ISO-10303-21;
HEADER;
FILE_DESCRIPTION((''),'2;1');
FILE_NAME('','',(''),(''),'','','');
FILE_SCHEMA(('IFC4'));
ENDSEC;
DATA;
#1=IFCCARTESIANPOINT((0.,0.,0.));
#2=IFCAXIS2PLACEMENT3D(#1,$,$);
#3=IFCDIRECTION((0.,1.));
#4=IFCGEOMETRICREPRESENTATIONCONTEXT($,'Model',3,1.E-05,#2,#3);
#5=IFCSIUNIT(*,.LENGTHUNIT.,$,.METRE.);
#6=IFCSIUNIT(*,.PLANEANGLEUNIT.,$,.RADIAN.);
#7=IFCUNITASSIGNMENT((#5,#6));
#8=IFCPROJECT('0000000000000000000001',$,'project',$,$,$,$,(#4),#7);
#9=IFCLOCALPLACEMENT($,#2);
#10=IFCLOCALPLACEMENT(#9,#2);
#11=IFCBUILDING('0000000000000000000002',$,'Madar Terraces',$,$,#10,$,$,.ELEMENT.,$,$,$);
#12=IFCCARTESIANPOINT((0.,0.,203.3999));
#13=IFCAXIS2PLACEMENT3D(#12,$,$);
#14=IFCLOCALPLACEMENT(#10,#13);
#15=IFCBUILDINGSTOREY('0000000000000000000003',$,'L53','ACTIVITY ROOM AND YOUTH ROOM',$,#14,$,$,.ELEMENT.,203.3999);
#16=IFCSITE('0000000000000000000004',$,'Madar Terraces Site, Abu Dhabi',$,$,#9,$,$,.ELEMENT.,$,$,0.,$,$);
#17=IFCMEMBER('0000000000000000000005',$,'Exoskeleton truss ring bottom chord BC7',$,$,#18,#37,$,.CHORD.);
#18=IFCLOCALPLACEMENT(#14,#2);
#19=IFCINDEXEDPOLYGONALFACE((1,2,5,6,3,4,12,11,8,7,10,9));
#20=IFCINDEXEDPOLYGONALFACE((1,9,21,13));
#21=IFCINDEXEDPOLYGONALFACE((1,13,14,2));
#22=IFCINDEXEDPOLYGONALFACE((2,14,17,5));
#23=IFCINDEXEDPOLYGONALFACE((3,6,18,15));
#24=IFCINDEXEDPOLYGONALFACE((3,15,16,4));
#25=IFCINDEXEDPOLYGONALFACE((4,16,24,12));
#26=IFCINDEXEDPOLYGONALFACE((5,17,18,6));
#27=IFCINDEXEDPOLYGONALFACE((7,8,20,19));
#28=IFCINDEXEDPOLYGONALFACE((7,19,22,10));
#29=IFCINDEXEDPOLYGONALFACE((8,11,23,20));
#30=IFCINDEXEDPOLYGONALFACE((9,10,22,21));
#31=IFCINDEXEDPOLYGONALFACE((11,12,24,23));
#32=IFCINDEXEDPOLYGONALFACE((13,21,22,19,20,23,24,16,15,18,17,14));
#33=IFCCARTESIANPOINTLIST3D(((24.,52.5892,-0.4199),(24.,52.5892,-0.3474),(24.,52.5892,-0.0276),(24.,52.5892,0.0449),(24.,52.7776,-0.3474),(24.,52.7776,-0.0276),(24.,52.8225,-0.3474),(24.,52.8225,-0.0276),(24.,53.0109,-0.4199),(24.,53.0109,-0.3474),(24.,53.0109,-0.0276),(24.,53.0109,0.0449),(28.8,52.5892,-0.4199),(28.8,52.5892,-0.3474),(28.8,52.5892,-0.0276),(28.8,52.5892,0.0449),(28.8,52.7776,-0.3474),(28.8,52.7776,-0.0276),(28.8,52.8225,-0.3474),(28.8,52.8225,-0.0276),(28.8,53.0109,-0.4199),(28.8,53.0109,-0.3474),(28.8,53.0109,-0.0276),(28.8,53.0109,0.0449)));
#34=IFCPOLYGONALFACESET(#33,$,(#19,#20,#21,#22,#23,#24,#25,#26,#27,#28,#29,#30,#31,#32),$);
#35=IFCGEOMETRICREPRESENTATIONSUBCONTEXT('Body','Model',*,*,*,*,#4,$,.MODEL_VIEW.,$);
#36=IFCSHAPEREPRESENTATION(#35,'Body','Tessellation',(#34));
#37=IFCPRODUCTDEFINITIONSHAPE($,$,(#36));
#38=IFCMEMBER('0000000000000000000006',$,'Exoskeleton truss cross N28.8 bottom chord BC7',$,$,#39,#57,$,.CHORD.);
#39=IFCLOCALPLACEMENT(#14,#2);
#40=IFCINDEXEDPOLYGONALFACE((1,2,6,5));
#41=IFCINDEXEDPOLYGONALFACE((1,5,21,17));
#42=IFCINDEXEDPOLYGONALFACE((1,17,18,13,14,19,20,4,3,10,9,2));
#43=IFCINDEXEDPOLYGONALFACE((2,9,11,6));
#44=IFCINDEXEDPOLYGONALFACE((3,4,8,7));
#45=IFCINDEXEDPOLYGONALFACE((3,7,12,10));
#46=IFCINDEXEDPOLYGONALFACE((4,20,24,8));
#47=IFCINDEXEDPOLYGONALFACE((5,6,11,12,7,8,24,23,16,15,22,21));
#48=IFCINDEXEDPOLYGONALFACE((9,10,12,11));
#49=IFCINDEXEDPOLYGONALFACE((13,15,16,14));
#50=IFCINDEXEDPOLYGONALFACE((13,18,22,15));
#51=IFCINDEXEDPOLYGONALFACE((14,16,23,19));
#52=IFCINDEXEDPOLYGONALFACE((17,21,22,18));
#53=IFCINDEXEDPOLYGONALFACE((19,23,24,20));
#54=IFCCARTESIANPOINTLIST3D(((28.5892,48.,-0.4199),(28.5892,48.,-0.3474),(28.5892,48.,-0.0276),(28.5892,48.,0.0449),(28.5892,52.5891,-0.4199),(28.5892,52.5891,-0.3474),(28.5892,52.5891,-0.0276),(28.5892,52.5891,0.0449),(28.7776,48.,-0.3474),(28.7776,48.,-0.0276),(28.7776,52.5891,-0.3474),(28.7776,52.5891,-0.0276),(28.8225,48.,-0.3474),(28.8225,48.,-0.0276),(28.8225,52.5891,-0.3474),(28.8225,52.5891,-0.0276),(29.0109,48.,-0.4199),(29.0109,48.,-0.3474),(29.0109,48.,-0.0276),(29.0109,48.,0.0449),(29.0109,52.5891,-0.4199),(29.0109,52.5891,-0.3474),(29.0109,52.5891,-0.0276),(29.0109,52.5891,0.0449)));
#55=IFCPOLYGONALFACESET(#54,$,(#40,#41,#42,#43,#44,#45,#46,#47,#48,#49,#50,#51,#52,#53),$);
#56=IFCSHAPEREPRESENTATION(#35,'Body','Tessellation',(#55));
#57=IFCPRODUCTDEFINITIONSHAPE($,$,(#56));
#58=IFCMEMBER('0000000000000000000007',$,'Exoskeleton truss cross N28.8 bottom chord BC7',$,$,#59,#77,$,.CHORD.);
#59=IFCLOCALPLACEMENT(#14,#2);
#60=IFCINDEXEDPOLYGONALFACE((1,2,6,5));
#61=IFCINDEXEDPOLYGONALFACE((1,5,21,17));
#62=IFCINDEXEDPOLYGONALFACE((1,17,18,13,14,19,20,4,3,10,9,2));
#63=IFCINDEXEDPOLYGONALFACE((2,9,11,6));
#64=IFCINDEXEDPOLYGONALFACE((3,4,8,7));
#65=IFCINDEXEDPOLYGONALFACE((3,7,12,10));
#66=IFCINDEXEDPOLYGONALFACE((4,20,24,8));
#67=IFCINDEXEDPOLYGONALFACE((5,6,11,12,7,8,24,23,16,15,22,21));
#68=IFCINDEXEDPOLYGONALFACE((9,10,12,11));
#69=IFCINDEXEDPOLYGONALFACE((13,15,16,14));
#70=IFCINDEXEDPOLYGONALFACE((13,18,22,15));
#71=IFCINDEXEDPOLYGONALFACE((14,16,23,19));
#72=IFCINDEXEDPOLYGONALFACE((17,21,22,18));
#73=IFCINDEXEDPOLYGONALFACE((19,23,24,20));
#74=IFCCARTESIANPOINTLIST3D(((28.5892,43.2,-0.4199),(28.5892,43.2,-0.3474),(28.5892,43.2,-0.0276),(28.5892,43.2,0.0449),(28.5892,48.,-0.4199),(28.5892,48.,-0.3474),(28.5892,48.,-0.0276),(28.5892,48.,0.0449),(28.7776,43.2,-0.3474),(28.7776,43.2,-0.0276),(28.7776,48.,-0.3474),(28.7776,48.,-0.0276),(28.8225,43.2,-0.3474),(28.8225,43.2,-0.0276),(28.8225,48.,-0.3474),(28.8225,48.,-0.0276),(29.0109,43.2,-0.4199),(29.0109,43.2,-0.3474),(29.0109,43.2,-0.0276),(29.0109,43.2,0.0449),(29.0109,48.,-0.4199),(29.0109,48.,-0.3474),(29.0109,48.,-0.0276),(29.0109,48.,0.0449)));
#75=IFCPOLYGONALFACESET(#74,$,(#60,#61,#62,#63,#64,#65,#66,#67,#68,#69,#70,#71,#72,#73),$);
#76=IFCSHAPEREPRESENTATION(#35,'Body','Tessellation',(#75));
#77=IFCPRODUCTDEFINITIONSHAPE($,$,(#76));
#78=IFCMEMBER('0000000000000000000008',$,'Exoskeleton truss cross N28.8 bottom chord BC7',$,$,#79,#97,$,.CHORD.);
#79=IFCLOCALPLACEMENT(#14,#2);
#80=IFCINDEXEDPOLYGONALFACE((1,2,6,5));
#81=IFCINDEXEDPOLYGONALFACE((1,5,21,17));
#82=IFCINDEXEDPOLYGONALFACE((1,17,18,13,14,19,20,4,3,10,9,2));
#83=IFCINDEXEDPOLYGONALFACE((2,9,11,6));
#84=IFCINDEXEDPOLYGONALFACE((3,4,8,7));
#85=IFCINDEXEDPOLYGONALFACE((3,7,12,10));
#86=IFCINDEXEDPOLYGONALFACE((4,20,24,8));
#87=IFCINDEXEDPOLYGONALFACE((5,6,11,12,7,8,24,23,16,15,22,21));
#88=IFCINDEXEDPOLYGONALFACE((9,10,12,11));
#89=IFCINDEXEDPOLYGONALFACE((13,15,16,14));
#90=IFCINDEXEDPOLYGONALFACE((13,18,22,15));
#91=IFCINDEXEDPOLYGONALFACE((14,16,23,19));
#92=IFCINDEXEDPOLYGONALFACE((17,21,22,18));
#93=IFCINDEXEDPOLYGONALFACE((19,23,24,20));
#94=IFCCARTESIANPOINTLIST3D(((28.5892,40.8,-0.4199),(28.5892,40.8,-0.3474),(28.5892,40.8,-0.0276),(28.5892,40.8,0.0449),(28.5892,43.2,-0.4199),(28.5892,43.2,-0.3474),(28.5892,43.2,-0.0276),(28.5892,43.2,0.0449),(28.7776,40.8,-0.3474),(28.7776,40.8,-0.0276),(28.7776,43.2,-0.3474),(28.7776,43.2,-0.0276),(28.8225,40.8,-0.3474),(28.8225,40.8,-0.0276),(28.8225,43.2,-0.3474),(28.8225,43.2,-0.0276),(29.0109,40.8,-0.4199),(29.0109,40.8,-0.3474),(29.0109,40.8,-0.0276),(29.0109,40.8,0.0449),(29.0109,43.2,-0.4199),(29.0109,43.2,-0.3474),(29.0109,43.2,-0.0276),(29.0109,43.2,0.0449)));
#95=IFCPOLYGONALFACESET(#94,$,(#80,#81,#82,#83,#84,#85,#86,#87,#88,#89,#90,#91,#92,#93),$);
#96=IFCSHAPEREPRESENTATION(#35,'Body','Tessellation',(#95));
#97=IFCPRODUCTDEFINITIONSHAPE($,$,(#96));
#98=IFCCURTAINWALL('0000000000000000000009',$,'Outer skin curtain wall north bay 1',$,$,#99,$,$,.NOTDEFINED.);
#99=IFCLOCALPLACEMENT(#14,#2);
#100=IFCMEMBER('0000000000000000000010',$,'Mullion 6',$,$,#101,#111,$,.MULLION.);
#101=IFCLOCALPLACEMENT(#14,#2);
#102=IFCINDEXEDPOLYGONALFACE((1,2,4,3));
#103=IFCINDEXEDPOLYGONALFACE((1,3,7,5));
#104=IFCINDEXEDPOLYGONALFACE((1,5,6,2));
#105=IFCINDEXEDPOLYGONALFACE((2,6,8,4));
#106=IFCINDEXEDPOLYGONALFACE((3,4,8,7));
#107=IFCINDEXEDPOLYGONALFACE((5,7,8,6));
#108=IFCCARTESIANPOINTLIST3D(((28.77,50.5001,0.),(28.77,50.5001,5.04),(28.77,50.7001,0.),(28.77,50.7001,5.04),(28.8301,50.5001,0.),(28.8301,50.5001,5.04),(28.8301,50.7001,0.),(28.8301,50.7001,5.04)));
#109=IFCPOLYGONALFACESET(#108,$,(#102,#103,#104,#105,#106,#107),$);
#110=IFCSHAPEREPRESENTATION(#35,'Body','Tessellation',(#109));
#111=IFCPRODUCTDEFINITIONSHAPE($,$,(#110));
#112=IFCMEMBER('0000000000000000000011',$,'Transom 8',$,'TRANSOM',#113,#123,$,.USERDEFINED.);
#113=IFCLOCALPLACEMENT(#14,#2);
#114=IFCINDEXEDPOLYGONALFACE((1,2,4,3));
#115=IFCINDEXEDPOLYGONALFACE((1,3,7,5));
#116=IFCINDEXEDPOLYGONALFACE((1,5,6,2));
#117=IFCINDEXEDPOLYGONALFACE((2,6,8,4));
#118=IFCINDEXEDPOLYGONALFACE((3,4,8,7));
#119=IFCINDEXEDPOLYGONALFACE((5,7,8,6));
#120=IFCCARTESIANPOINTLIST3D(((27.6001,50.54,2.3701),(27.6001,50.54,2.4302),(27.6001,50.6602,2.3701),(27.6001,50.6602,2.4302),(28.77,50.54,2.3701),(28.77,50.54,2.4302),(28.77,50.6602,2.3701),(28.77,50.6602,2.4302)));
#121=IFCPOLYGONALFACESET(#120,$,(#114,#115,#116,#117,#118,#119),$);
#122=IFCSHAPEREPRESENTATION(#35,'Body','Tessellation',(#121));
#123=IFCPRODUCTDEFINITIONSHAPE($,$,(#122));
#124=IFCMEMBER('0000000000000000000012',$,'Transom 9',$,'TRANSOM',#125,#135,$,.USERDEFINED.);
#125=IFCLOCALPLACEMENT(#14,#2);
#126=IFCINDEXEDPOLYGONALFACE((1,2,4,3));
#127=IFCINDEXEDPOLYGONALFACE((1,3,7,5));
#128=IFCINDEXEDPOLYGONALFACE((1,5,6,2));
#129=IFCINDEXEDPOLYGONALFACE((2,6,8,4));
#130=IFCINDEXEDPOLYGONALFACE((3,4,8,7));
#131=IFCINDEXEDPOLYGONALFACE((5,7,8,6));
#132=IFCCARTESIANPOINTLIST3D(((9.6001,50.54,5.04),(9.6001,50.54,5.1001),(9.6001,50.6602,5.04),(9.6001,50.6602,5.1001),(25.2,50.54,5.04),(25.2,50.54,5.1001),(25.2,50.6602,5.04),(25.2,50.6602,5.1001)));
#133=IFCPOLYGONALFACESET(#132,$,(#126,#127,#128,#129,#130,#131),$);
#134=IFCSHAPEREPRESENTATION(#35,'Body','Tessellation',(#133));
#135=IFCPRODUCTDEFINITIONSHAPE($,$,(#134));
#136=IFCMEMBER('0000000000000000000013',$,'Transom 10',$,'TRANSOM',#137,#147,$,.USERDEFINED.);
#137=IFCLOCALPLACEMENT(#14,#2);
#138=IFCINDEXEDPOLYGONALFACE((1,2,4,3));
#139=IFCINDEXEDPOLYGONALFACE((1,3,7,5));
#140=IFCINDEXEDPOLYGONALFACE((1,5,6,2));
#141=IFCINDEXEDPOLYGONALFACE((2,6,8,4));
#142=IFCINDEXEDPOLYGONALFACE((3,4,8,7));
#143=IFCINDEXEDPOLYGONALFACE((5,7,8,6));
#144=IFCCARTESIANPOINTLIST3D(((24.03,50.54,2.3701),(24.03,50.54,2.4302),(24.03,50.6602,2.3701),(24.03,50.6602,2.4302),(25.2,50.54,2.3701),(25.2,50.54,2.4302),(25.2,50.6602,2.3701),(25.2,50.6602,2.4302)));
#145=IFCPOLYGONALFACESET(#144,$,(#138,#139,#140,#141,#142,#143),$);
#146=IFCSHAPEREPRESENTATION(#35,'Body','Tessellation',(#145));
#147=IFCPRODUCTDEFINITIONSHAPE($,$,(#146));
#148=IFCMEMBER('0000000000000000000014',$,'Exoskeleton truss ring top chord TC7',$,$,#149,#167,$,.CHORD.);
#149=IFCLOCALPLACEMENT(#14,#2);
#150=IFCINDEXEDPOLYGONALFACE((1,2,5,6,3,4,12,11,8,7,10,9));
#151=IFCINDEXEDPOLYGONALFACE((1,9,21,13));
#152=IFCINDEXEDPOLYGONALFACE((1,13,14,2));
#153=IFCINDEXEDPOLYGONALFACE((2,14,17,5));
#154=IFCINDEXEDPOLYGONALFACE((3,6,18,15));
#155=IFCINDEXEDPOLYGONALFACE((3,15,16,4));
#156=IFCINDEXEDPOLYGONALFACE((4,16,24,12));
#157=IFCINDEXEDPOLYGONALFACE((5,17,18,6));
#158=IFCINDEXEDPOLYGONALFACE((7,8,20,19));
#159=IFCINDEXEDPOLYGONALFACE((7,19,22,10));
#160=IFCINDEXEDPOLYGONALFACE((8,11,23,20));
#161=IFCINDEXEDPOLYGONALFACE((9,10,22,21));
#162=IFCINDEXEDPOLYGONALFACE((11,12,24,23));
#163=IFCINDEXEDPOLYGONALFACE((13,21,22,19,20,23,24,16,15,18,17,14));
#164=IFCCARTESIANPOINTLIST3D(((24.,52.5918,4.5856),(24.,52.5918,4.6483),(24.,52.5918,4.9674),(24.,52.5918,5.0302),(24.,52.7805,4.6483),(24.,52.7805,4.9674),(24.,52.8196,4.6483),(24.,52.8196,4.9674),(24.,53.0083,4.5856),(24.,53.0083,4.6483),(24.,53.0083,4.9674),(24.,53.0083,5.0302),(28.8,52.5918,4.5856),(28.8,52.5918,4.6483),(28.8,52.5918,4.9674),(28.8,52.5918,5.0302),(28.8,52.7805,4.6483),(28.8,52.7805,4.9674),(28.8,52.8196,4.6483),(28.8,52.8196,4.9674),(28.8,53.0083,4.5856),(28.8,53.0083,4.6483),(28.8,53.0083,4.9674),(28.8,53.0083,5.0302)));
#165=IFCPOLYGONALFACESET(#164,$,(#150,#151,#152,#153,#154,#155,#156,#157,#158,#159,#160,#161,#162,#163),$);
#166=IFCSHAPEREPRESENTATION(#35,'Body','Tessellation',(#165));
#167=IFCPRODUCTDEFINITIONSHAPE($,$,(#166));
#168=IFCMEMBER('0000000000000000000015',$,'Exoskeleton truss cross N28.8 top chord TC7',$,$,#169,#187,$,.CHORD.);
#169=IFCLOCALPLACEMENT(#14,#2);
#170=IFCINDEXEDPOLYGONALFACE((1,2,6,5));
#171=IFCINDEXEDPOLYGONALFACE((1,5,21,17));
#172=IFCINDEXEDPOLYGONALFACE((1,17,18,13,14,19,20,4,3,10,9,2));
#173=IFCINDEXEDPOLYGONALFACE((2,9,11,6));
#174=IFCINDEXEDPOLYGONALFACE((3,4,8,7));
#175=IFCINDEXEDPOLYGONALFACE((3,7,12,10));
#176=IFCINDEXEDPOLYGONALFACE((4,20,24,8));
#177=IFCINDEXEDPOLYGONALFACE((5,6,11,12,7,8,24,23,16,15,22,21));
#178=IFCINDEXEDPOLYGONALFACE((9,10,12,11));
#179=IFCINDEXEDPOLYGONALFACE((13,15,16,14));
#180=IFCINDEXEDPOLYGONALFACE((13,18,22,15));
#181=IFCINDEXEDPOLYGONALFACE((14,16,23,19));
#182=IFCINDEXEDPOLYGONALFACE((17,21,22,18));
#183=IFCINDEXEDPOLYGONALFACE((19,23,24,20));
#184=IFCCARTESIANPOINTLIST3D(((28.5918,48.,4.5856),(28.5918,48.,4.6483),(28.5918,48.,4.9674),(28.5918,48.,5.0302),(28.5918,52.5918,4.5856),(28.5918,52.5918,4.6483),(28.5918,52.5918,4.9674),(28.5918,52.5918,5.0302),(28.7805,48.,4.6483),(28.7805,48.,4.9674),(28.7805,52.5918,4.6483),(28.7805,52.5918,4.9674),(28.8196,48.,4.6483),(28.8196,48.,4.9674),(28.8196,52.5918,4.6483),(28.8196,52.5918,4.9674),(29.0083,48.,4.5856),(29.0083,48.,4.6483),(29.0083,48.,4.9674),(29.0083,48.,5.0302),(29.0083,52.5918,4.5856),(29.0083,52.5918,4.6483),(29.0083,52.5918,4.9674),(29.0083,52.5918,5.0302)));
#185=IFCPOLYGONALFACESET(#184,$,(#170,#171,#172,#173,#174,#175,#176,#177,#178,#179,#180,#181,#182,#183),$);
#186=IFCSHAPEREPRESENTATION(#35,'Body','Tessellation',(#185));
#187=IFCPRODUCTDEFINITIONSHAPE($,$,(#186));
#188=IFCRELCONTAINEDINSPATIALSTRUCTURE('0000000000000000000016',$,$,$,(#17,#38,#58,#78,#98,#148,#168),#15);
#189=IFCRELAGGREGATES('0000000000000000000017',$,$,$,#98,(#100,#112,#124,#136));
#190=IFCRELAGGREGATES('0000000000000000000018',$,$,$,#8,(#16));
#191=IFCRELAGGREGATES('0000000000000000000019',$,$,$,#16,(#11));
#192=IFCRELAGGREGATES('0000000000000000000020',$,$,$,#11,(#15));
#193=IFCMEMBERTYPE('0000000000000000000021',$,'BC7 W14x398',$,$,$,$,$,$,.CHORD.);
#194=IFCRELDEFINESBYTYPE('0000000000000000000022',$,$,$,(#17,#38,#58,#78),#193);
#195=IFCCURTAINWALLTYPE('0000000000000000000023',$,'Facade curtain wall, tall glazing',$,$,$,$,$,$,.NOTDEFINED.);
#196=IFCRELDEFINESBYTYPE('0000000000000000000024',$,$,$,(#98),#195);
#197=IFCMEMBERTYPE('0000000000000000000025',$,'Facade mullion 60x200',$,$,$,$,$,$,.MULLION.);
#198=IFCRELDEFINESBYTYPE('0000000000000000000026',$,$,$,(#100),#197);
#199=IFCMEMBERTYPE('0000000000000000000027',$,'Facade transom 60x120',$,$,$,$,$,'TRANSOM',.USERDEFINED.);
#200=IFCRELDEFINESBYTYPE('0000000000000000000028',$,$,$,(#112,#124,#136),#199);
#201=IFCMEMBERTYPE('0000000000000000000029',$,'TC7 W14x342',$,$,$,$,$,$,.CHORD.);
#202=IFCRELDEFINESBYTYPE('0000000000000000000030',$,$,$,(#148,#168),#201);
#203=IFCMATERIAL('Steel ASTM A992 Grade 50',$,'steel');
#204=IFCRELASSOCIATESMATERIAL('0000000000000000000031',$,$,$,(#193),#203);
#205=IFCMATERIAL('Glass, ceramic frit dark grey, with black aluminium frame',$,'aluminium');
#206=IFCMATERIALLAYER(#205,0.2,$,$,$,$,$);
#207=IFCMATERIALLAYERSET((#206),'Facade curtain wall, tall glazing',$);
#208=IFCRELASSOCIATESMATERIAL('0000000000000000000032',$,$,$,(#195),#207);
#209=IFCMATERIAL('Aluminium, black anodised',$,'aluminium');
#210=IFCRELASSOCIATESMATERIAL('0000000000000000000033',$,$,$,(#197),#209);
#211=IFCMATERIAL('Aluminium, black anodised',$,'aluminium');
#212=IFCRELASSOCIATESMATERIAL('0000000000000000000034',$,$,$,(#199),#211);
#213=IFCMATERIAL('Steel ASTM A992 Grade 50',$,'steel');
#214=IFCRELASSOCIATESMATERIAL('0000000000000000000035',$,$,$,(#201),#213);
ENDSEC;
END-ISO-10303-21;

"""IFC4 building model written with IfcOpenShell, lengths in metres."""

from ifc_helpers import new_model, si_unit, direction, frame, origin, origin_2d, place, context, subcontext, project, spatial, rectangle, i_section, extrude, material, layer, layer_set, material_profile, profile_set, type_object, element, aggregate, save


model = new_model("IFC4")

# Units and contexts
model_context = context("Model", 3, precision=1e-05, world=origin(), true_north=direction((0.0, 1.0)))
body_context = subcontext(model_context, "Body", "Model", "MODEL_VIEW")
ifc_project = project(units=[si_unit("LENGTHUNIT", "METRE"), si_unit("PLANEANGLEUNIT", "RADIAN")], contexts=[model_context])

# Site, building, storey
site_placement = place(None, origin())
site = spatial("IfcSite", under=ifc_project, at=site_placement, Name="Madar Terraces Site, Abu Dhabi", CompositionType="ELEMENT", RefElevation=0.0)
building_placement = place(site_placement, origin())
building = spatial("IfcBuilding", under=site, at=building_placement, Name="Madar Terraces", CompositionType="ELEMENT")
storey_placement = place(building_placement, frame((0.0, 0.0, 203.3999)))
storey = spatial("IfcBuildingStorey", under=building, at=storey_placement, Name="L53", Description="ACTIVITY ROOM AND YOUTH ROOM", CompositionType="ELEMENT", Elevation=203.3999)

# Members
ifc_material_1 = material(Name="Steel ASTM A992 Grade 50", Category="steel")
ifc_material_profile_1 = material_profile(ifc_material_1, i_section(OverallWidth=0.4216, OverallDepth=0.4648, WebThickness=0.0449, FlangeThickness=0.0725, at=origin_2d()), Name="W14x398")
ifc_profile_set_1 = profile_set([ifc_material_profile_1], Name="Steel ASTM A992 Grade 50")
member_type_1 = type_object("IfcMemberType", Name="BC7 W14x398", PredefinedType="CHORD", material=ifc_profile_set_1)
member_1_placement = place(storey_placement, frame((28.8, 52.8, -0.1875), z_axis=(-1.0, 0.0, 0.0), x_axis=(0.0, -1.0, 0.0)))
element("IfcMember", 1, at=member_1_placement, inside=storey, type_object=member_type_1, Name="Exoskeleton truss ring bottom chord BC7", PredefinedType="CHORD", context=body_context, shape_type="SweptSolid", body=[
    extrude(i_section(OverallWidth=0.4216, OverallDepth=0.4648, WebThickness=0.0449, FlangeThickness=0.0725, at=origin_2d()), origin(), (0.0, 0.0, 1.0), 4.8),
])
member_2_placement = place(storey_placement, frame((28.8, 52.5891, -0.1875), z_axis=(0.0, -1.0, 0.0), x_axis=(1.0, 0.0, 0.0)))
element("IfcMember", 2, at=member_2_placement, inside=storey, type_object=member_type_1, Name="Exoskeleton truss cross N28.8 bottom chord BC7", PredefinedType="CHORD", context=body_context, shape_type="SweptSolid", body=[
    extrude(i_section(OverallWidth=0.4216, OverallDepth=0.4648, WebThickness=0.0449, FlangeThickness=0.0725, at=origin_2d()), origin(), (0.0, 0.0, 1.0), 4.5891),
])
member_3_placement = place(storey_placement, frame((28.8, 48.0, -0.1875), z_axis=(0.0, -1.0, 0.0), x_axis=(1.0, 0.0, 0.0)))
element("IfcMember", 3, at=member_3_placement, inside=storey, type_object=member_type_1, Name="Exoskeleton truss cross N28.8 bottom chord BC7", PredefinedType="CHORD", context=body_context, shape_type="SweptSolid", body=[
    extrude(i_section(OverallWidth=0.4216, OverallDepth=0.4648, WebThickness=0.0449, FlangeThickness=0.0725, at=origin_2d()), origin(), (0.0, 0.0, 1.0), 4.8),
])
member_4_placement = place(storey_placement, frame((28.8, 43.2, -0.1875), z_axis=(0.0, -1.0, 0.0), x_axis=(1.0, 0.0, 0.0)))
element("IfcMember", 4, at=member_4_placement, inside=storey, type_object=member_type_1, Name="Exoskeleton truss cross N28.8 bottom chord BC7", PredefinedType="CHORD", context=body_context, shape_type="SweptSolid", body=[
    extrude(i_section(OverallWidth=0.4216, OverallDepth=0.4648, WebThickness=0.0449, FlangeThickness=0.0725, at=origin_2d()), origin(), (0.0, 0.0, 1.0), 2.3999),
])

# Curtain wall, members
ifc_material_2 = material(Name="Glass, ceramic frit dark grey, with black aluminium frame", Category="aluminium")
ifc_layer_1 = layer(ifc_material_2, 0.2)
ifc_layer_set_1 = layer_set([ifc_layer_1], Name="Facade curtain wall, tall glazing")
curtain_wall_type = type_object("IfcCurtainWallType", Name="Facade curtain wall, tall glazing", PredefinedType="NOTDEFINED", material=ifc_layer_set_1)
curtain_wall_placement = place(storey_placement, origin())
curtain_wall = element("IfcCurtainWall", 5, at=curtain_wall_placement, inside=storey, type_object=curtain_wall_type, Name="Outer skin curtain wall north bay 1", PredefinedType="NOTDEFINED")
ifc_material_3 = material(Name="Aluminium, black anodised", Category="aluminium")
ifc_material_profile_2 = material_profile(ifc_material_3, rectangle(XDim=0.2, YDim=0.0601, at=origin_2d()), Name="Facade mullion 60x200")
ifc_profile_set_2 = profile_set([ifc_material_profile_2], Name="Aluminium, black anodised")
member_type_2 = type_object("IfcMemberType", Name="Facade mullion 60x200", PredefinedType="MULLION", material=ifc_profile_set_2)
member_5_placement = place(storey_placement, frame((28.8, 50.6001, 0.0), z_axis=(0.0, 0.0, 1.0), x_axis=(0.0, -1.0, 0.0)))
member_5 = element("IfcMember", 6, at=member_5_placement, type_object=member_type_2, Name="Mullion 6", PredefinedType="MULLION", context=body_context, shape_type="SweptSolid", body=[
    extrude(rectangle(XDim=0.2, YDim=0.0601, at=origin_2d()), origin(), (0.0, 0.0, 1.0), 5.04),
])
ifc_material_4 = material(Name="Aluminium, black anodised", Category="aluminium")
ifc_material_profile_3 = material_profile(ifc_material_4, rectangle(XDim=0.1201, YDim=0.0601, at=origin_2d()), Name="Facade transom 60x120")
ifc_profile_set_3 = profile_set([ifc_material_profile_3], Name="Aluminium, black anodised")
member_type_3 = type_object("IfcMemberType", Name="Facade transom 60x120", ElementType="TRANSOM", PredefinedType="USERDEFINED", material=ifc_profile_set_3)
member_6_placement = place(storey_placement, frame((28.77, 50.6001, 2.4001), z_axis=(-1.0, 0.0, 0.0), x_axis=(0.0, -1.0, 0.0)))
member_6 = element("IfcMember", 7, at=member_6_placement, type_object=member_type_3, Name="Transom 8", ObjectType="TRANSOM", PredefinedType="USERDEFINED", context=body_context, shape_type="SweptSolid", body=[
    extrude(rectangle(XDim=0.1201, YDim=0.0601, at=origin_2d()), origin(), (0.0, 0.0, 1.0), 1.1699),
])
member_7_placement = place(storey_placement, frame((25.2, 50.6001, 5.0701), z_axis=(-1.0, 0.0, 0.0), x_axis=(0.0, -1.0, 0.0)))
member_7 = element("IfcMember", 8, at=member_7_placement, type_object=member_type_3, Name="Transom 9", ObjectType="TRANSOM", PredefinedType="USERDEFINED", context=body_context, shape_type="SweptSolid", body=[
    extrude(rectangle(XDim=0.1201, YDim=0.0601, at=origin_2d()), origin(), (0.0, 0.0, 1.0), 15.5999),
])
member_8_placement = place(storey_placement, frame((25.2, 50.6001, 2.4001), z_axis=(-1.0, 0.0, 0.0), x_axis=(0.0, -1.0, 0.0)))
member_8 = element("IfcMember", 9, at=member_8_placement, type_object=member_type_3, Name="Transom 10", ObjectType="TRANSOM", PredefinedType="USERDEFINED", context=body_context, shape_type="SweptSolid", body=[
    extrude(rectangle(XDim=0.1201, YDim=0.0601, at=origin_2d()), origin(), (0.0, 0.0, 1.0), 1.1699),
])

# Members
ifc_material_5 = material(Name="Steel ASTM A992 Grade 50", Category="steel")
ifc_material_profile_4 = material_profile(ifc_material_5, i_section(OverallWidth=0.4165, OverallDepth=0.4446, WebThickness=0.0391, FlangeThickness=0.0627, at=origin_2d()), Name="W14x342")
ifc_profile_set_4 = profile_set([ifc_material_profile_4], Name="Steel ASTM A992 Grade 50")
member_type_4 = type_object("IfcMemberType", Name="TC7 W14x342", PredefinedType="CHORD", material=ifc_profile_set_4)
member_9_placement = place(storey_placement, frame((28.8, 52.8, 4.8079), z_axis=(-1.0, 0.0, 0.0), x_axis=(0.0, -1.0, 0.0)))
element("IfcMember", 10, at=member_9_placement, inside=storey, type_object=member_type_4, Name="Exoskeleton truss ring top chord TC7", PredefinedType="CHORD", context=body_context, shape_type="SweptSolid", body=[
    extrude(i_section(OverallWidth=0.4165, OverallDepth=0.4446, WebThickness=0.0391, FlangeThickness=0.0627, at=origin_2d()), origin(), (0.0, 0.0, 1.0), 4.8),
])
member_10_placement = place(storey_placement, frame((28.8, 52.5918, 4.8079), z_axis=(0.0, -1.0, 0.0), x_axis=(1.0, 0.0, 0.0)))
element("IfcMember", 11, at=member_10_placement, inside=storey, type_object=member_type_4, Name="Exoskeleton truss cross N28.8 top chord TC7", PredefinedType="CHORD", context=body_context, shape_type="SweptSolid", body=[
    extrude(i_section(OverallWidth=0.4165, OverallDepth=0.4446, WebThickness=0.0391, FlangeThickness=0.0627, at=origin_2d()), origin(), (0.0, 0.0, 1.0), 4.5918),
])

aggregate(curtain_wall, [member_5, member_6, member_7, member_8])

save(model, "model.ifc")
